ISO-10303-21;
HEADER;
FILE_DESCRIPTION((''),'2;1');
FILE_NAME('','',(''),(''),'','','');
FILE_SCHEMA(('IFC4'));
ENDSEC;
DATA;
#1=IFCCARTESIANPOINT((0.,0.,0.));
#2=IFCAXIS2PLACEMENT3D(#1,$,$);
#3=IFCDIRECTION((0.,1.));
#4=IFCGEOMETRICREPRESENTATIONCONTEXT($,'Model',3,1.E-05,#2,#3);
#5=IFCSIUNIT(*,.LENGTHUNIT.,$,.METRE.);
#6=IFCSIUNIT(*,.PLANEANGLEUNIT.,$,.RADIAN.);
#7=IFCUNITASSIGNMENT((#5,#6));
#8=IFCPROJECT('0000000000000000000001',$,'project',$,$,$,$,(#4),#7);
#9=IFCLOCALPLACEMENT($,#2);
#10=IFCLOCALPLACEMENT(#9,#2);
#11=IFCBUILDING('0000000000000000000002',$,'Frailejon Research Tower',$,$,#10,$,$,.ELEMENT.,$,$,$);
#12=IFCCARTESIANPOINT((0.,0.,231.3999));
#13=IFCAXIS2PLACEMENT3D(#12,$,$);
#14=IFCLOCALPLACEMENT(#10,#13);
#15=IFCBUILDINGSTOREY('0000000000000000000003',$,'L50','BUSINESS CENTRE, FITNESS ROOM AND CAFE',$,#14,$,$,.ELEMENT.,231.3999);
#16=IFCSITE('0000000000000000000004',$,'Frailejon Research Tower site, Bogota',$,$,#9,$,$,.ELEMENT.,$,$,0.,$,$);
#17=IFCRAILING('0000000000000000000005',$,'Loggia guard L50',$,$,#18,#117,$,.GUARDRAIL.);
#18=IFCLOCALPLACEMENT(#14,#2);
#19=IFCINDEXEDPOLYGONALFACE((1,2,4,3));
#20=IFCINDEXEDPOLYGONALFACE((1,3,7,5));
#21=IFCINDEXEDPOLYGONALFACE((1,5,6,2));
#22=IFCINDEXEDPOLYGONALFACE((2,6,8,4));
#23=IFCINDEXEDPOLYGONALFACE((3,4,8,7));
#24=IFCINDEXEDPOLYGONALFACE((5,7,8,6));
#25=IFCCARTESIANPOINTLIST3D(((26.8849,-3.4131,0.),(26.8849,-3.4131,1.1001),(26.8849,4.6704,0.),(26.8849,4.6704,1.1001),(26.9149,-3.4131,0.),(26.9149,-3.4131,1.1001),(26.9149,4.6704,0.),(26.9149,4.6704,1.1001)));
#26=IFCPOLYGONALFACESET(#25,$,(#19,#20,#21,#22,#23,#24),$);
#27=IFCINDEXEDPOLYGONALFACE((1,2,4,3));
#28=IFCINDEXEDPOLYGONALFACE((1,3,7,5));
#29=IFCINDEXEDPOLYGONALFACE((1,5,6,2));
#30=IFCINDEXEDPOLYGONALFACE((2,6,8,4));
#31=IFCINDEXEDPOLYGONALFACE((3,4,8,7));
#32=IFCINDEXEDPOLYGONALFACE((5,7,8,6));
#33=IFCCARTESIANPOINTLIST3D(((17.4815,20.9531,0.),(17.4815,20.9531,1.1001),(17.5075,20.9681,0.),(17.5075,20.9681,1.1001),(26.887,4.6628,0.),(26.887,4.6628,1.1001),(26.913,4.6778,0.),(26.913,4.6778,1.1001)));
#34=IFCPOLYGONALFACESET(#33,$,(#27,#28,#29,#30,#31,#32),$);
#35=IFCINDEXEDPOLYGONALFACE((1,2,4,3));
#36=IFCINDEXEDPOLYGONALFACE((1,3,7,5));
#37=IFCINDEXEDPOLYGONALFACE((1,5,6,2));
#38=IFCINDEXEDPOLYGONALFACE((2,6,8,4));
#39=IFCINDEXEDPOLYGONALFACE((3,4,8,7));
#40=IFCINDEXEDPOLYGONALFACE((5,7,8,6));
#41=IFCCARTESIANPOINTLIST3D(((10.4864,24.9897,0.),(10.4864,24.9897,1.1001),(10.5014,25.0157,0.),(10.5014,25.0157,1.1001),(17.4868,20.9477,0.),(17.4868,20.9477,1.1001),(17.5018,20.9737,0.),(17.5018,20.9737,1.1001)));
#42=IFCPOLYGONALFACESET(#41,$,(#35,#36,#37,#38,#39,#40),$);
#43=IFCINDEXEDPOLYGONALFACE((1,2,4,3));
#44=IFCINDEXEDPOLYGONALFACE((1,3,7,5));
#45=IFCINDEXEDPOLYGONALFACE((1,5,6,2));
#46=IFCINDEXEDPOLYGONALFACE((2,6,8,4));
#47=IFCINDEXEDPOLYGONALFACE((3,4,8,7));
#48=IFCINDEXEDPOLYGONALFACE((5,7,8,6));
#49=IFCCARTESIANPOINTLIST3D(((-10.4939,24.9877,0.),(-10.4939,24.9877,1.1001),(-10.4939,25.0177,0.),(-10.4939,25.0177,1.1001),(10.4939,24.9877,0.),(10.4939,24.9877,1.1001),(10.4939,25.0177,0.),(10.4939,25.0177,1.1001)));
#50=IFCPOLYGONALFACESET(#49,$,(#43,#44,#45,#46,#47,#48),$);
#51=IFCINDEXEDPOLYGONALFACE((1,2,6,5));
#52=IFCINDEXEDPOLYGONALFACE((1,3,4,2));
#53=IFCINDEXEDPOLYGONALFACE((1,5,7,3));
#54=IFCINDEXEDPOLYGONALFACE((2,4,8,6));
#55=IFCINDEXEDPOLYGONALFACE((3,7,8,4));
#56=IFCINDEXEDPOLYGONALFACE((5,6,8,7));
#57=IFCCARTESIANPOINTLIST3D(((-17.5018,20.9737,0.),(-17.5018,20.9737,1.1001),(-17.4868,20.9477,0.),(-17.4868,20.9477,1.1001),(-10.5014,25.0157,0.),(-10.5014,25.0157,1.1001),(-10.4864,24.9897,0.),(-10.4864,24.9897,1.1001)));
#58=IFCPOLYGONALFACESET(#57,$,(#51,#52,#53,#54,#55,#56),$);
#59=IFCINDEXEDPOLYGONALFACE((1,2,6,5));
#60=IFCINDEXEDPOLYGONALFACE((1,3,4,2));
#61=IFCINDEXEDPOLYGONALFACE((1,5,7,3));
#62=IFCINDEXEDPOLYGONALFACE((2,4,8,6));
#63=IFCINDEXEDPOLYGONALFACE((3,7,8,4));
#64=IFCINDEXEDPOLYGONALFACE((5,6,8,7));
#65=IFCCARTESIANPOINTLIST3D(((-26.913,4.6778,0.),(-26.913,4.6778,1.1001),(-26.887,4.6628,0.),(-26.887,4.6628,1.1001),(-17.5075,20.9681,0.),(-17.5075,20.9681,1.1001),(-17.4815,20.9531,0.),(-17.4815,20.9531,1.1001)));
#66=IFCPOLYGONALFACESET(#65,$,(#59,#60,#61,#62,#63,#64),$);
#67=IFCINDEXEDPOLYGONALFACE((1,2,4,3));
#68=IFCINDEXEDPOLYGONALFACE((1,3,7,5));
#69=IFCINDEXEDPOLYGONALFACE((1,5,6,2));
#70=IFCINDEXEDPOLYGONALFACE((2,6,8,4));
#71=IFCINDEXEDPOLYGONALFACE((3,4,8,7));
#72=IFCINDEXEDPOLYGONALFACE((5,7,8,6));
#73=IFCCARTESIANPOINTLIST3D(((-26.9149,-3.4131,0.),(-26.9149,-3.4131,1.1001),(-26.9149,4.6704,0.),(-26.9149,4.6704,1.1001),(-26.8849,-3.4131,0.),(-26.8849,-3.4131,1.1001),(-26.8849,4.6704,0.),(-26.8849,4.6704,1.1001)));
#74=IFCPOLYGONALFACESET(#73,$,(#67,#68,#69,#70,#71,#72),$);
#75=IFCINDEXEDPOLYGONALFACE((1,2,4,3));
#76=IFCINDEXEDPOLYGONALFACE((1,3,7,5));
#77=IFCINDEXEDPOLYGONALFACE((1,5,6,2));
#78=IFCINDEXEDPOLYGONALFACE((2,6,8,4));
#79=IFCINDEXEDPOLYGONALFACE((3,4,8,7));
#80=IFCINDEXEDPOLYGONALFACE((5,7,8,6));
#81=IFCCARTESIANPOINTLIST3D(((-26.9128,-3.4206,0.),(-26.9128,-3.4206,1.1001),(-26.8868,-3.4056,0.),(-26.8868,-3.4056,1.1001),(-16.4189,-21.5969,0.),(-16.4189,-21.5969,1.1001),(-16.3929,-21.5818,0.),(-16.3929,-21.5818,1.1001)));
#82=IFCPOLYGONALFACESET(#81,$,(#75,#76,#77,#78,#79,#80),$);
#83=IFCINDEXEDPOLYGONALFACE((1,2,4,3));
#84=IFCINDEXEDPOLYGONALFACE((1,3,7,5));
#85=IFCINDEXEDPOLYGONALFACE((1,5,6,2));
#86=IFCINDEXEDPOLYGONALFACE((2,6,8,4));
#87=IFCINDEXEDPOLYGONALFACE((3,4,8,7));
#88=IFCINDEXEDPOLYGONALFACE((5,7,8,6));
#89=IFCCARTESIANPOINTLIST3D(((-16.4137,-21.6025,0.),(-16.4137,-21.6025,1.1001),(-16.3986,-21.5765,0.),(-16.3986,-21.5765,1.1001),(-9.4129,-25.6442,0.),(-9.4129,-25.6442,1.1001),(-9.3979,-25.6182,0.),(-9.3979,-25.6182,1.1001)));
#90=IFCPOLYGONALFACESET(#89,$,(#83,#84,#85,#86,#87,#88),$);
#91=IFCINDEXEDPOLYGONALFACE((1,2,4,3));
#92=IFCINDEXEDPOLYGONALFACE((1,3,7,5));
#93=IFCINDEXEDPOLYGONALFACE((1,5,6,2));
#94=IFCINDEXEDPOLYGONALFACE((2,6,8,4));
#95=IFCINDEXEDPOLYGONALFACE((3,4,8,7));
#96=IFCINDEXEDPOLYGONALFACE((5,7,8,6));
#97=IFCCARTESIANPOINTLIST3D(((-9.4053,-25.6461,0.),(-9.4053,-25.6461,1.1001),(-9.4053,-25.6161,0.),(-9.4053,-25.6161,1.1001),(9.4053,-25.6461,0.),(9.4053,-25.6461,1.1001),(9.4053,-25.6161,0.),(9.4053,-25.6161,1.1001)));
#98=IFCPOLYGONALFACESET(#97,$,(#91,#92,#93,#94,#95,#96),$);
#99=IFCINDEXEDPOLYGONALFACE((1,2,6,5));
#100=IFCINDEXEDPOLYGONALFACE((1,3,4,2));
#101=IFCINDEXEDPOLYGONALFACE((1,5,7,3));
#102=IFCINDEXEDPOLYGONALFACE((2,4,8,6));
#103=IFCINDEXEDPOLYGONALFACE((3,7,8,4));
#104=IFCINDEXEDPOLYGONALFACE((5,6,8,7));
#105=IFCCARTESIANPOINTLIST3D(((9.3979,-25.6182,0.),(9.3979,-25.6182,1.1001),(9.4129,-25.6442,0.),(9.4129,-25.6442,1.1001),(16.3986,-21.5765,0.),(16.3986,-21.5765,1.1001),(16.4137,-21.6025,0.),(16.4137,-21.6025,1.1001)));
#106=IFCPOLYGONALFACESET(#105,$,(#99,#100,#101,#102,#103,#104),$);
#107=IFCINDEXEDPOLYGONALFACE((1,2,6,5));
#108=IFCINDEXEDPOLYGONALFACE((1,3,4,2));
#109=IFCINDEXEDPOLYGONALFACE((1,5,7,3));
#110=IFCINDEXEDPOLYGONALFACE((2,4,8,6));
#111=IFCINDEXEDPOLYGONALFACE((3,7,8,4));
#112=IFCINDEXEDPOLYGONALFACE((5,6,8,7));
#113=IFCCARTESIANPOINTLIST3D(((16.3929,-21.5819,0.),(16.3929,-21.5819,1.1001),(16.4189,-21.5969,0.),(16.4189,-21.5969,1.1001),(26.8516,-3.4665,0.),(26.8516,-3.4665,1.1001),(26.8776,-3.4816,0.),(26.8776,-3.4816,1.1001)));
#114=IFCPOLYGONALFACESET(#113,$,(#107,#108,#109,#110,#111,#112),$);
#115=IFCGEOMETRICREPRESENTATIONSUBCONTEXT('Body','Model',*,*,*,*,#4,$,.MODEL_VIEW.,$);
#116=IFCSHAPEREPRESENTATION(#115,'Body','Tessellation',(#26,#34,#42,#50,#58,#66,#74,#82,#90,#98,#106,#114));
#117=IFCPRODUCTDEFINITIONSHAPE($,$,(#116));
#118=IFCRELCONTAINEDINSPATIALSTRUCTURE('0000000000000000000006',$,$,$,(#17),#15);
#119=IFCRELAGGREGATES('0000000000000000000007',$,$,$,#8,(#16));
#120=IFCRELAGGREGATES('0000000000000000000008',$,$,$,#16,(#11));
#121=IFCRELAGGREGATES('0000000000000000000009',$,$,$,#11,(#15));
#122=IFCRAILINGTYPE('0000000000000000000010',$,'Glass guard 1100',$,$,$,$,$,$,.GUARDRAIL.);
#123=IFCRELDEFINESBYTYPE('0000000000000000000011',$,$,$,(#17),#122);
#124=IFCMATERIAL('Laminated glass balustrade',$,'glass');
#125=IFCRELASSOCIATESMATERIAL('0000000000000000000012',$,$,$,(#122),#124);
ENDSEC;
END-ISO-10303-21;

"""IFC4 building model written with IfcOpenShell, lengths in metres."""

from ifc_helpers import new_model, si_unit, direction, frame, origin, origin_2d, place, context, subcontext, project, spatial, rectangle, extrude, material, type_object, element, save


model = new_model("IFC4")

# Units and contexts
model_context = context("Model", 3, precision=1e-05, world=origin(), true_north=direction((0.0, 1.0)))
body_context = subcontext(model_context, "Body", "Model", "MODEL_VIEW")
ifc_project = project(units=[si_unit("LENGTHUNIT", "METRE"), si_unit("PLANEANGLEUNIT", "RADIAN")], contexts=[model_context])

# Site, building, storey
site_placement = place(None, origin())
site = spatial("IfcSite", under=ifc_project, at=site_placement, Name="Frailejon Research Tower site, Bogota", CompositionType="ELEMENT", RefElevation=0.0)
building_placement = place(site_placement, origin())
building = spatial("IfcBuilding", under=site, at=building_placement, Name="Frailejon Research Tower", CompositionType="ELEMENT")
storey_placement = place(building_placement, frame((0.0, 0.0, 231.3999)))
storey = spatial("IfcBuildingStorey", under=building, at=storey_placement, Name="L50", Description="BUSINESS CENTRE, FITNESS ROOM AND CAFE", CompositionType="ELEMENT", Elevation=231.3999)

# Railing
ifc_material_1 = material(Name="Laminated glass balustrade", Category="glass")
railing_type = type_object("IfcRailingType", Name="Glass guard 1100", PredefinedType="GUARDRAIL", material=ifc_material_1)
railing_placement = place(storey_placement, frame((26.8999, -3.4131, 0.0)))
element("IfcRailing", 1, at=railing_placement, inside=storey, type_object=railing_type, Name="Loggia guard L50", PredefinedType="GUARDRAIL", context=body_context, shape_type="SweptSolid", body=[
    extrude(rectangle(XDim=8.0835, YDim=0.03, at=origin_2d()), frame((0.0, 4.0417, 0.0), z_axis=(0.0, 0.0, 1.0), x_axis=(0.0, 1.0, 0.0)), (0.0, 0.0, 1.0), 1.1001),
    extrude(rectangle(XDim=18.8105, YDim=0.03, at=origin_2d()), frame((-4.7026, 16.2285, 0.0), z_axis=(0.0, 0.0, 1.0), x_axis=(-0.500013, 0.866018, 0.0)), (0.0, 0.0, 1.0), 1.1001),
    extrude(rectangle(XDim=8.0835, YDim=0.03, at=origin_2d()), frame((-12.9058, 26.3948, 0.0), z_axis=(0.0, 0.0, 1.0), x_axis=(-0.866012, 0.500024, 0.0)), (0.0, 0.0, 1.0), 1.1001),
    extrude(rectangle(XDim=20.9878, YDim=0.03, at=origin_2d()), frame((-26.8999, 28.4158, 0.0), z_axis=(0.0, 0.0, 1.0), x_axis=(-1.0, 0.0, 0.0)), (0.0, 0.0, 1.0), 1.1001),
    extrude(rectangle(XDim=8.0835, YDim=0.03, at=origin_2d()), frame((-40.894, 26.3948, 0.0), z_axis=(0.0, 0.0, 1.0), x_axis=(-0.866012, -0.500024, 0.0)), (0.0, 0.0, 1.0), 1.1001),
    extrude(rectangle(XDim=18.8105, YDim=0.03, at=origin_2d()), frame((-49.0972, 16.2285, 0.0), z_axis=(0.0, 0.0, 1.0), x_axis=(-0.500013, -0.866018, 0.0)), (0.0, 0.0, 1.0), 1.1001),
    extrude(rectangle(XDim=8.0835, YDim=0.03, at=origin_2d()), frame((-53.7998, 4.0417, 0.0), z_axis=(0.0, 0.0, 1.0), x_axis=(0.0, -1.0, 0.0)), (0.0, 0.0, 1.0), 1.1001),
    extrude(rectangle(XDim=20.988, YDim=0.03, at=origin_2d()), frame((-48.5527, -9.0881, 0.0), z_axis=(0.0, 0.0, 1.0), x_axis=(0.499994, -0.866029, 0.0)), (0.0, 0.0, 1.0), 1.1001),
    extrude(rectangle(XDim=8.0837, YDim=0.03, at=origin_2d()), frame((-39.8057, -20.1973, 0.0), z_axis=(0.0, 0.0, 1.0), x_axis=(0.866032, -0.499988, 0.0)), (0.0, 0.0, 1.0), 1.1001),
    extrude(rectangle(XDim=18.8105, YDim=0.03, at=origin_2d()), frame((-26.8999, -22.218, 0.0), z_axis=(0.0, 0.0, 1.0), x_axis=(1.0, 0.0, 0.0)), (0.0, 0.0, 1.0), 1.1001),
    extrude(rectangle(XDim=8.0837, YDim=0.03, at=origin_2d()), frame((-13.9941, -20.1973, 0.0), z_axis=(0.0, 0.0, 1.0), x_axis=(0.866032, 0.499988, 0.0)), (0.0, 0.0, 1.0), 1.1001),
    extrude(rectangle(XDim=20.9177, YDim=0.03, at=origin_2d()), frame((-5.2646, -9.1187, 0.0), z_axis=(0.0, 0.0, 1.0), x_axis=(0.499992, 0.86603, 0.0)), (0.0, 0.0, 1.0), 1.1001),
])

save(model, "model.ifc")
